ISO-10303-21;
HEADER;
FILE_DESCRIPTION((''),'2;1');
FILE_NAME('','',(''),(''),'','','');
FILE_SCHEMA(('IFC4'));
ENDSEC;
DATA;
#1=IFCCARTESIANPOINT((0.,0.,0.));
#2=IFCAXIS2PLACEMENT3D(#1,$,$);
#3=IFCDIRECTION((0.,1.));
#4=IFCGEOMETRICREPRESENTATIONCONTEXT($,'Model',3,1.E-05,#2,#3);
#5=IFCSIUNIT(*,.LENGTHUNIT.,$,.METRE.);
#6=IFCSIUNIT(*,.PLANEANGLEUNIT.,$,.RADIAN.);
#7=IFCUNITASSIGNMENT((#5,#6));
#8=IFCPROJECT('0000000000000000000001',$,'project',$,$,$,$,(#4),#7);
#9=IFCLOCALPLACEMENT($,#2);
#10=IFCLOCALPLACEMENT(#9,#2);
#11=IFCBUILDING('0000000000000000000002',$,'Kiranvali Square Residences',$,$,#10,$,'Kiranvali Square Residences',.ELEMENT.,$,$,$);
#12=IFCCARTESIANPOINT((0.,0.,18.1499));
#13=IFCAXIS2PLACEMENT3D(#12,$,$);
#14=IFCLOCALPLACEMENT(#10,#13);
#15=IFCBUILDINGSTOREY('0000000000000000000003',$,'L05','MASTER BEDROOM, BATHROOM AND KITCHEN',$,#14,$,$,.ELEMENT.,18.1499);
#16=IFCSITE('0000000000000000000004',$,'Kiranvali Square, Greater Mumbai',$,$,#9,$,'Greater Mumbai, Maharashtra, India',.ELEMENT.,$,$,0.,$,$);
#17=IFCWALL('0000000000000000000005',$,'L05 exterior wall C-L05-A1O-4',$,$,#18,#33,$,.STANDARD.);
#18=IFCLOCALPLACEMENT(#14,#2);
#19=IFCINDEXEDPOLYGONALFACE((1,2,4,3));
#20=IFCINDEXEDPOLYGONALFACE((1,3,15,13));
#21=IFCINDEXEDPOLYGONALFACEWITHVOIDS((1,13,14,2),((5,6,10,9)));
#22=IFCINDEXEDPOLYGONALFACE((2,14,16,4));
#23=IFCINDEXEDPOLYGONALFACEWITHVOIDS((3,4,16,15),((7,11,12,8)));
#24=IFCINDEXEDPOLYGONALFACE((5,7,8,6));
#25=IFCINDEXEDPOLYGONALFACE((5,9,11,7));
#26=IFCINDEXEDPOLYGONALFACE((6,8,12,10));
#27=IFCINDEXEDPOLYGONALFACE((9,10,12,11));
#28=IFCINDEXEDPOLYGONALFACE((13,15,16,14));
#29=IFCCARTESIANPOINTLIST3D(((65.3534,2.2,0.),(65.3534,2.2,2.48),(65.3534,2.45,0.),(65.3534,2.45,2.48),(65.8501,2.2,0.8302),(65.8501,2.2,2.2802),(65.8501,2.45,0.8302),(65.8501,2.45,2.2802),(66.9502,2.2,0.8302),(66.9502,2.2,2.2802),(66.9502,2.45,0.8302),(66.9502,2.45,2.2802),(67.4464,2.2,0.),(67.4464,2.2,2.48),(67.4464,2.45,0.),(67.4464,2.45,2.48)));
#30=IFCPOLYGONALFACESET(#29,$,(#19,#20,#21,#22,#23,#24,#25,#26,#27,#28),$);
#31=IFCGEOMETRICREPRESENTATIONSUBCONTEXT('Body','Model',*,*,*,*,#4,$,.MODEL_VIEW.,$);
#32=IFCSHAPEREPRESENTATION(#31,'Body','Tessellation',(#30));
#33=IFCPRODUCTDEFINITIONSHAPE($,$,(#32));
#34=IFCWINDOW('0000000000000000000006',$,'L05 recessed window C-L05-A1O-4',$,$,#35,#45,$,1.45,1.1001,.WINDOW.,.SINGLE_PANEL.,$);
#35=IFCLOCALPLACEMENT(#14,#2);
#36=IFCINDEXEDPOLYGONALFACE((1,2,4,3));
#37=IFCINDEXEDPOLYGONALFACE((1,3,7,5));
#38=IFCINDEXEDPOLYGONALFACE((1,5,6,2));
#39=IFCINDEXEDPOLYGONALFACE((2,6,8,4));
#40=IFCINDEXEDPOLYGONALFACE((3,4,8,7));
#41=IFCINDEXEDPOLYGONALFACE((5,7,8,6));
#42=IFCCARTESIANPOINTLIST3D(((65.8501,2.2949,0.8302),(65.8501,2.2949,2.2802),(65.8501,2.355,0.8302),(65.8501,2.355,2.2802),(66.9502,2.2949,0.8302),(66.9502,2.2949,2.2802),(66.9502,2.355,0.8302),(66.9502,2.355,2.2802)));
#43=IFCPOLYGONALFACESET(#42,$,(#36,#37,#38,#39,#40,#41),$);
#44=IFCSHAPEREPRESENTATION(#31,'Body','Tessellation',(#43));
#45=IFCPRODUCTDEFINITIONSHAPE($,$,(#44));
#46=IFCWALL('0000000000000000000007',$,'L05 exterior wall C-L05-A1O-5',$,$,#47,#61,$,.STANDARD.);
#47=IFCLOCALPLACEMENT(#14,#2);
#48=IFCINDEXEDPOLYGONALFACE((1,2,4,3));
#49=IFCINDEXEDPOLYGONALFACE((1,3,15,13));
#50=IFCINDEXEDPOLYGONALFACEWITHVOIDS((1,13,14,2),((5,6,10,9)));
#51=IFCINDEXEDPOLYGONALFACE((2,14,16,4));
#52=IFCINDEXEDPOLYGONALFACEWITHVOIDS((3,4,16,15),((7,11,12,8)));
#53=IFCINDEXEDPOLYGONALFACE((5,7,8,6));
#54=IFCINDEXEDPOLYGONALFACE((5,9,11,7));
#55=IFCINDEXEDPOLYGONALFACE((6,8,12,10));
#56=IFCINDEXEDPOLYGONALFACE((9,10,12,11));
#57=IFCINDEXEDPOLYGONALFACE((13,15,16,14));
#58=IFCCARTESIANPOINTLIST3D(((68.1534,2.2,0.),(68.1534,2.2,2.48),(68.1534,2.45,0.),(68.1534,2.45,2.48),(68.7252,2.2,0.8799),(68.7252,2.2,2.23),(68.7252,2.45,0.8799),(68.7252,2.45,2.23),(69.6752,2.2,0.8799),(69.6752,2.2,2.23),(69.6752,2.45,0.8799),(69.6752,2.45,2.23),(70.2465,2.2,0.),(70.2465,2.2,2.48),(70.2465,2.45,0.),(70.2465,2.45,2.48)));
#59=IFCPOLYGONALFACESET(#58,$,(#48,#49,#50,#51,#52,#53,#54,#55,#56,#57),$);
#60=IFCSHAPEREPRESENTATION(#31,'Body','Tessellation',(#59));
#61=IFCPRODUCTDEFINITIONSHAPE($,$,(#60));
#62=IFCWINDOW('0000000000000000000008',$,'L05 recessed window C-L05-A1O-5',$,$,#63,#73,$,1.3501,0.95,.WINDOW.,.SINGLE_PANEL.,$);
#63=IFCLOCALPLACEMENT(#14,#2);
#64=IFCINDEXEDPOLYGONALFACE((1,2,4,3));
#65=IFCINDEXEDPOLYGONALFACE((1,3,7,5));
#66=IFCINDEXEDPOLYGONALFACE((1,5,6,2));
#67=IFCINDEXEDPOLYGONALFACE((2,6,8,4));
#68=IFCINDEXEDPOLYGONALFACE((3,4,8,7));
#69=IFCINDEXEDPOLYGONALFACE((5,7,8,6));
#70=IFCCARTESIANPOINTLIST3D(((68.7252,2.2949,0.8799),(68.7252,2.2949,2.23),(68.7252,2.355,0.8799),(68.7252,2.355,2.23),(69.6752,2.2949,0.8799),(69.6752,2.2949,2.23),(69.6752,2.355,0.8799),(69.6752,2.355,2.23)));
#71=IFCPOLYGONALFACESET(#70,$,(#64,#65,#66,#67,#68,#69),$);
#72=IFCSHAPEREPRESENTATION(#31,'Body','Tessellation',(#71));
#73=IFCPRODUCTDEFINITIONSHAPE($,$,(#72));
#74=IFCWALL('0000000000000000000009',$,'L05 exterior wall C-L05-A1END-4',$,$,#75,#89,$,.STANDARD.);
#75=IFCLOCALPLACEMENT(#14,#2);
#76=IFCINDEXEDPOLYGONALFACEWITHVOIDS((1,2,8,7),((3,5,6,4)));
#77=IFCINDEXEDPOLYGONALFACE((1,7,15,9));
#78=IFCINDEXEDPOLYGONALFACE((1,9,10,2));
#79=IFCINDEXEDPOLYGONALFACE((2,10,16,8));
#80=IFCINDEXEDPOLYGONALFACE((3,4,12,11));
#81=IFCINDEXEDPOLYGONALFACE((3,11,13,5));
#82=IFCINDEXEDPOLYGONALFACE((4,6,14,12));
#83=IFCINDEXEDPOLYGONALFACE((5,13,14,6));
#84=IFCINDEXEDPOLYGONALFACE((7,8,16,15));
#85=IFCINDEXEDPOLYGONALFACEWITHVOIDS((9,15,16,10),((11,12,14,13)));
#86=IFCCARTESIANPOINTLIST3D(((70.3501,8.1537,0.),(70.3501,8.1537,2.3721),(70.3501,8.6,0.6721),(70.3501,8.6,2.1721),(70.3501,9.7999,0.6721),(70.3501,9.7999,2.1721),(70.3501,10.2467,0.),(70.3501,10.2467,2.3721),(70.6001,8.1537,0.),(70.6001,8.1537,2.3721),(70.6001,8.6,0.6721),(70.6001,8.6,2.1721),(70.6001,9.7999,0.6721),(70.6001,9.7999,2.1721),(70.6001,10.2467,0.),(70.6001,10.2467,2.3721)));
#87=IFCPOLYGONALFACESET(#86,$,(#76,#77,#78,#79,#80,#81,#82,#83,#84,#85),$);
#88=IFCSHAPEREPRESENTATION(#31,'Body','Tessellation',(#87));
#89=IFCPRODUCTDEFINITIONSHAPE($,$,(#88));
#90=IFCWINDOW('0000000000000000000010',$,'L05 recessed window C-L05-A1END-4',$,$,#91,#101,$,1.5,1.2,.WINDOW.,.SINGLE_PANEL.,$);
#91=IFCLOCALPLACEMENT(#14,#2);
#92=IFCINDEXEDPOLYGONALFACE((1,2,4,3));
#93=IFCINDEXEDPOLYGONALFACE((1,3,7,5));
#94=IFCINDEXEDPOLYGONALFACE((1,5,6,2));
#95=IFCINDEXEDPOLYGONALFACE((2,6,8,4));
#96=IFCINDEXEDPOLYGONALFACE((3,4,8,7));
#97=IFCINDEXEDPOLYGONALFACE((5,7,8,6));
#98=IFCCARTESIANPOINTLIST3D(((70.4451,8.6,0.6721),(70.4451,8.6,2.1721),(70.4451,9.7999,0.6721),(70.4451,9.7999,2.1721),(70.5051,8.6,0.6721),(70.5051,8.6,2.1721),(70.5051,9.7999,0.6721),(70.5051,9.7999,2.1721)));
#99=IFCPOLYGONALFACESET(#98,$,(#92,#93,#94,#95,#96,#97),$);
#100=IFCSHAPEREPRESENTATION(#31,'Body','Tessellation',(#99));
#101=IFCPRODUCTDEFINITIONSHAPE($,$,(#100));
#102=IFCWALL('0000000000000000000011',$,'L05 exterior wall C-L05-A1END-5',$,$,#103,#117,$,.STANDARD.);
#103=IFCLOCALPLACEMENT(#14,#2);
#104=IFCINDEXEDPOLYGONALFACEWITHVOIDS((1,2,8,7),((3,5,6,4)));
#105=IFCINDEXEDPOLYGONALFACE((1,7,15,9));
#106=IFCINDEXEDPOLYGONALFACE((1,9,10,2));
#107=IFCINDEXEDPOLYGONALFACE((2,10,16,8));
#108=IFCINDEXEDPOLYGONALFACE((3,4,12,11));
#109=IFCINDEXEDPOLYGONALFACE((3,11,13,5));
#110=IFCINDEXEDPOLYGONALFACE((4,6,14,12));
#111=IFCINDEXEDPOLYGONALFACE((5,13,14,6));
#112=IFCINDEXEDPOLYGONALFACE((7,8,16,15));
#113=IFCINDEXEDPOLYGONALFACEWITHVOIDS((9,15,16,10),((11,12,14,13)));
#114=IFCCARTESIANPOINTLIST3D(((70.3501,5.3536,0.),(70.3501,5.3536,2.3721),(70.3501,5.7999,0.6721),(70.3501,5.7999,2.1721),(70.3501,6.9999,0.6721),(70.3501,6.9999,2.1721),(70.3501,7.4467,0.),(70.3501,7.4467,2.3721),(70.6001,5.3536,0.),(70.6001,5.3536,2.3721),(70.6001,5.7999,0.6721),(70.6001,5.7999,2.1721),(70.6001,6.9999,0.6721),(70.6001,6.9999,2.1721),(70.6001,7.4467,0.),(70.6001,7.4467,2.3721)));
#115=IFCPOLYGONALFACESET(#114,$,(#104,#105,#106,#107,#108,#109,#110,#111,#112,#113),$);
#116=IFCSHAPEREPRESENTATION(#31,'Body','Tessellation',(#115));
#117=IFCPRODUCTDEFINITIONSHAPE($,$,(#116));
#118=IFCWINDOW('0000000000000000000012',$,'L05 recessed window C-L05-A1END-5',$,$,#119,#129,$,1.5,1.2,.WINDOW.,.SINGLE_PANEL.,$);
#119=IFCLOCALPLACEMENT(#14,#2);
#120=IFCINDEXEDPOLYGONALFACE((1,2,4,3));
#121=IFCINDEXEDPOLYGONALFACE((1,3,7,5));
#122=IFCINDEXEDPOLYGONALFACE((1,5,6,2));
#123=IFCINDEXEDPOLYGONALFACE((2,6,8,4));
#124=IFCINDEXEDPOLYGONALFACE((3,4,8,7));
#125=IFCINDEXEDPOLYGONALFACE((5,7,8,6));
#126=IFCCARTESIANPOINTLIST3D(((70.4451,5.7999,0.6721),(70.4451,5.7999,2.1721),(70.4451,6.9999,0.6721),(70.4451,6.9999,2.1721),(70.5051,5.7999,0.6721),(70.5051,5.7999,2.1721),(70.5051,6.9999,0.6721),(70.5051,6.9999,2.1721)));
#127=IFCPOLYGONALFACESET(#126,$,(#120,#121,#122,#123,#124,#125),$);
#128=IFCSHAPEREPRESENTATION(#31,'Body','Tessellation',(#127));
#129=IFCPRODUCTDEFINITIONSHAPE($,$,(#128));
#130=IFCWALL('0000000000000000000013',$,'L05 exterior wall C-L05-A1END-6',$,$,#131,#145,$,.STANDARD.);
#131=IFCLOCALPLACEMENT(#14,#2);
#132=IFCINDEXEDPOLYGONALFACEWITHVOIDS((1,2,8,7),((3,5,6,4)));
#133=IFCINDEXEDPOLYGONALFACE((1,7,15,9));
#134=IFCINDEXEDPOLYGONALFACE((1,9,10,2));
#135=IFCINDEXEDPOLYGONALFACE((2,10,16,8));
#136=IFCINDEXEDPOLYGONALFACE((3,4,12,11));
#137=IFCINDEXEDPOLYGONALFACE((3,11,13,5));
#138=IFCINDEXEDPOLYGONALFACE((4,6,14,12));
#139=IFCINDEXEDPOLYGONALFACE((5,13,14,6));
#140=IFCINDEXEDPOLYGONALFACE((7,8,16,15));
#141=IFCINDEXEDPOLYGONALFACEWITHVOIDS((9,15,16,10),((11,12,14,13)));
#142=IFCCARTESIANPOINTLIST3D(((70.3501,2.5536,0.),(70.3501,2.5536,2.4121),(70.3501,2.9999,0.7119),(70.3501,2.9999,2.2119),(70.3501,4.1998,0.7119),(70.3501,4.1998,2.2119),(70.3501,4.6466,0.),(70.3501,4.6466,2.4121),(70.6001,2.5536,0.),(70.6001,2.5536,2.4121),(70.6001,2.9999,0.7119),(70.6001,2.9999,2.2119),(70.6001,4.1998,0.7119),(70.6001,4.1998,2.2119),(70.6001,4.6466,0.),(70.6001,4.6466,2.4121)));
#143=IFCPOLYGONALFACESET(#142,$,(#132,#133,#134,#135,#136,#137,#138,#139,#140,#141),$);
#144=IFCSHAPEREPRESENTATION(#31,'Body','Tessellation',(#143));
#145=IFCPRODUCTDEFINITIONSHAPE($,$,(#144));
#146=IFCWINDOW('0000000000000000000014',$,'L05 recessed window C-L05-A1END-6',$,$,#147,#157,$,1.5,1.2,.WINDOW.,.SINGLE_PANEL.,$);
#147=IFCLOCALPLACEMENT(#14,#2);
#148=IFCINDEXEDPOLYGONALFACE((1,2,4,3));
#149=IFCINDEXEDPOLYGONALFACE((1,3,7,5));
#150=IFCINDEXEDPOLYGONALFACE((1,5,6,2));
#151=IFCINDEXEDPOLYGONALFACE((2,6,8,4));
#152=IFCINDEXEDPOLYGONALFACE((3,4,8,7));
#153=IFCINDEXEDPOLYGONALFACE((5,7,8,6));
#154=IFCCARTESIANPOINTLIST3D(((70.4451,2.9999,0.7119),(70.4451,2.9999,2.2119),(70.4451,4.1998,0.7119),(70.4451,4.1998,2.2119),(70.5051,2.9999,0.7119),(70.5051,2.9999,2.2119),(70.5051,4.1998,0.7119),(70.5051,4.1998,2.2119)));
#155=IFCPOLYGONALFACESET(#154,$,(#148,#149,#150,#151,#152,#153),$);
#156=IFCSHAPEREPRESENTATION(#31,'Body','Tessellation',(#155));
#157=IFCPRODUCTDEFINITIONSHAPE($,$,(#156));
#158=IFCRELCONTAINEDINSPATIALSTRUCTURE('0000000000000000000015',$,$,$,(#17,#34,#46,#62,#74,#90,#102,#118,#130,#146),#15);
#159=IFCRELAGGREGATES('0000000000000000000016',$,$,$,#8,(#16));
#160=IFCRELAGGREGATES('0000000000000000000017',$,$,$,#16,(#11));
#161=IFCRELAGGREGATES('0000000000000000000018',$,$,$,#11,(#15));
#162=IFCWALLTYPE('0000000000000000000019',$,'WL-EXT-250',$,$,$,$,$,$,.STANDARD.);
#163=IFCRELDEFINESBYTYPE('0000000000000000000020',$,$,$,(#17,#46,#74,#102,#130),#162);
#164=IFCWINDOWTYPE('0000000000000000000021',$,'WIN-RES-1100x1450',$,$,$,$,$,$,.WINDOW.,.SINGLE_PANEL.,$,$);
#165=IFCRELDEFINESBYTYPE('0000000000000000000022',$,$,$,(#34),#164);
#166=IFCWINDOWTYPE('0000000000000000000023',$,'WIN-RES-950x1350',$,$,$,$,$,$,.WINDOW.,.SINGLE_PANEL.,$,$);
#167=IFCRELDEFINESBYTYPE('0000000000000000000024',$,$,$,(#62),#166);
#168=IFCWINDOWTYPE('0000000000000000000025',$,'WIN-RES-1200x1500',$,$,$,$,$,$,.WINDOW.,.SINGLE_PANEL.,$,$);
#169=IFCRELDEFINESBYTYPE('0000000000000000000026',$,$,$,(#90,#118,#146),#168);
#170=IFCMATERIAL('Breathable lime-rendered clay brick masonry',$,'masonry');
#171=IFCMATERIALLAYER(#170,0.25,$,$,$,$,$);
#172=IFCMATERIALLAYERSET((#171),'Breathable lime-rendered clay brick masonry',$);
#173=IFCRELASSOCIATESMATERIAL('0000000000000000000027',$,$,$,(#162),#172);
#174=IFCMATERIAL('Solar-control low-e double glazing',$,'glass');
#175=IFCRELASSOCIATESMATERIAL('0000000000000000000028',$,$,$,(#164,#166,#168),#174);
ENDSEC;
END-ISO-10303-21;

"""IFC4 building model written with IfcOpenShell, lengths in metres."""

from ifc_helpers import new_model, si_unit, direction, frame, frame_2d, origin, place, context, subcontext, project, spatial, rectangle, extrude, material, layer, layer_set, type_object, element, fill, save


model = new_model("IFC4")

# Units and contexts
model_context = context("Model", 3, precision=1e-05, world=origin(), true_north=direction((0.0, 1.0)))
body_context = subcontext(model_context, "Body", "Model", "MODEL_VIEW")
ifc_project = project(units=[si_unit("LENGTHUNIT", "METRE"), si_unit("PLANEANGLEUNIT", "RADIAN")], contexts=[model_context])

# Site, building, storey
site_placement = place(None, origin())
site = spatial("IfcSite", under=ifc_project, at=site_placement, Name="Kiranvali Square, Greater Mumbai", LongName="Greater Mumbai, Maharashtra, India", CompositionType="ELEMENT", RefElevation=0.0)
building_placement = place(site_placement, origin())
building = spatial("IfcBuilding", under=site, at=building_placement, Name="Kiranvali Square Residences", LongName="Kiranvali Square Residences", CompositionType="ELEMENT")
storey_placement = place(building_placement, frame((0.0, 0.0, 18.1499)))
storey = spatial("IfcBuildingStorey", under=building, at=storey_placement, Name="L05", Description="MASTER BEDROOM, BATHROOM AND KITCHEN", CompositionType="ELEMENT", Elevation=18.1499)

# Walls, openings, windows
ifc_material_1 = material(Name="Breathable lime-rendered clay brick masonry", Category="masonry")
ifc_layer = layer(ifc_material_1, 0.25)
ifc_layer_set = layer_set([ifc_layer], Name="Breathable lime-rendered clay brick masonry")
wall_type = type_object("IfcWallType", Name="WL-EXT-250", PredefinedType="STANDARD", material=ifc_layer_set)
wall_1_placement = place(storey_placement, frame((65.3535, 2.325, 0.0), z_axis=(0.0, 0.0, 1.0), x_axis=(1.0, 0.0, 0.0)))
wall_1 = element("IfcWall", 1, at=wall_1_placement, inside=storey, type_object=wall_type, Name="L05 exterior wall C-L05-A1O-4", PredefinedType="STANDARD", context=body_context, shape_type="SweptSolid", body=[
    extrude(rectangle(XDim=2.093, YDim=0.25, at=frame_2d((1.0464, 0.0))), origin(), (0.0, 0.0, 1.0), 2.48),
])
opening_1_placement = place(wall_1_placement, frame((0.4966, 0.0, 0.8301)))
opening_1 = element("IfcOpeningElement", 2, at=opening_1_placement, cuts=wall_1, PredefinedType="OPENING", context=body_context, shape_type="SweptSolid", body=[
    extrude(rectangle(XDim=1.1001, YDim=1.45, at=frame_2d((0.55, 0.7251))), frame((0.0, 0.135, 0.0), z_axis=(0.0, -1.0, 0.0), x_axis=(1.0, 0.0, 0.0)), (0.0, 0.0, 1.0), 0.27),
])
ifc_material_2 = material(Name="Solar-control low-e double glazing", Category="glass")
window_type_1 = type_object("IfcWindowType", Name="WIN-RES-1100x1450", PartitioningType="SINGLE_PANEL", PredefinedType="WINDOW", material=ifc_material_2)
window_1_placement = place(opening_1_placement, origin())
window_1 = element("IfcWindow", 3, at=window_1_placement, inside=storey, type_object=window_type_1, Name="L05 recessed window C-L05-A1O-4", OverallHeight=1.45, OverallWidth=1.1001, PartitioningType="SINGLE_PANEL", PredefinedType="WINDOW", context=body_context, shape_type="SweptSolid", body=[
    extrude(rectangle(XDim=1.1001, YDim=1.45, at=frame_2d((0.55, 0.7251))), frame((0.0, 0.03, 0.0), z_axis=(0.0, -1.0, 0.0), x_axis=(1.0, 0.0, 0.0)), (0.0, 0.0, 1.0), 0.0601),
])
fill(opening_1, window_1)
wall_2_placement = place(storey_placement, frame((68.1536, 2.325, 0.0), z_axis=(0.0, 0.0, 1.0), x_axis=(1.0, 0.0, 0.0)))
wall_2 = element("IfcWall", 4, at=wall_2_placement, inside=storey, type_object=wall_type, Name="L05 exterior wall C-L05-A1O-5", PredefinedType="STANDARD", context=body_context, shape_type="SweptSolid", body=[
    extrude(rectangle(XDim=2.093, YDim=0.25, at=frame_2d((1.0464, 0.0))), origin(), (0.0, 0.0, 1.0), 2.48),
])
opening_2_placement = place(wall_2_placement, frame((0.5715, 0.0, 0.8799)))
opening_2 = element("IfcOpeningElement", 5, at=opening_2_placement, cuts=wall_2, PredefinedType="OPENING", context=body_context, shape_type="SweptSolid", body=[
    extrude(rectangle(XDim=0.95, YDim=1.3501, at=frame_2d((0.4751, 0.675))), frame((0.0, 0.135, 0.0), z_axis=(0.0, -1.0, 0.0), x_axis=(1.0, 0.0, 0.0)), (0.0, 0.0, 1.0), 0.27),
])
window_type_2 = type_object("IfcWindowType", Name="WIN-RES-950x1350", PartitioningType="SINGLE_PANEL", PredefinedType="WINDOW", material=ifc_material_2)
window_2_placement = place(opening_2_placement, origin())
window_2 = element("IfcWindow", 6, at=window_2_placement, inside=storey, type_object=window_type_2, Name="L05 recessed window C-L05-A1O-5", OverallHeight=1.3501, OverallWidth=0.95, PartitioningType="SINGLE_PANEL", PredefinedType="WINDOW", context=body_context, shape_type="SweptSolid", body=[
    extrude(rectangle(XDim=0.95, YDim=1.3501, at=frame_2d((0.4751, 0.675))), frame((0.0, 0.03, 0.0), z_axis=(0.0, -1.0, 0.0), x_axis=(1.0, 0.0, 0.0)), (0.0, 0.0, 1.0), 0.0601),
])
fill(opening_2, window_2)
wall_3_placement = place(storey_placement, frame((70.4751, 10.2466, 0.0), z_axis=(0.0, 0.0, 1.0), x_axis=(0.0, -1.0, 0.0)))
wall_3 = element("IfcWall", 7, at=wall_3_placement, inside=storey, type_object=wall_type, Name="L05 exterior wall C-L05-A1END-4", PredefinedType="STANDARD", context=body_context, shape_type="SweptSolid", body=[
    extrude(rectangle(XDim=2.093, YDim=0.25, at=frame_2d((1.0464, 0.0))), origin(), (0.0, 0.0, 1.0), 2.3721),
])
opening_3_placement = place(wall_3_placement, frame((0.4465, 0.0, 0.6721)))
opening_3 = element("IfcOpeningElement", 8, at=opening_3_placement, cuts=wall_3, PredefinedType="OPENING", context=body_context, shape_type="SweptSolid", body=[
    extrude(rectangle(XDim=1.2, YDim=1.5, at=frame_2d((0.6001, 0.75))), frame((0.0, 0.135, 0.0), z_axis=(0.0, -1.0, 0.0), x_axis=(1.0, 0.0, 0.0)), (0.0, 0.0, 1.0), 0.27),
])
window_type_3 = type_object("IfcWindowType", Name="WIN-RES-1200x1500", PartitioningType="SINGLE_PANEL", PredefinedType="WINDOW", material=ifc_material_2)
window_3_placement = place(opening_3_placement, origin())
window_3 = element("IfcWindow", 9, at=window_3_placement, inside=storey, type_object=window_type_3, Name="L05 recessed window C-L05-A1END-4", OverallHeight=1.5, OverallWidth=1.2, PartitioningType="SINGLE_PANEL", PredefinedType="WINDOW", context=body_context, shape_type="SweptSolid", body=[
    extrude(rectangle(XDim=1.2, YDim=1.5, at=frame_2d((0.6001, 0.75))), frame((0.0, 0.03, 0.0), z_axis=(0.0, -1.0, 0.0), x_axis=(1.0, 0.0, 0.0)), (0.0, 0.0, 1.0), 0.0601),
])
fill(opening_3, window_3)
wall_4_placement = place(storey_placement, frame((70.4751, 7.4465, 0.0), z_axis=(0.0, 0.0, 1.0), x_axis=(0.0, -1.0, 0.0)))
wall_4 = element("IfcWall", 10, at=wall_4_placement, inside=storey, type_object=wall_type, Name="L05 exterior wall C-L05-A1END-5", PredefinedType="STANDARD", context=body_context, shape_type="SweptSolid", body=[
    extrude(rectangle(XDim=2.093, YDim=0.25, at=frame_2d((1.0464, 0.0))), origin(), (0.0, 0.0, 1.0), 2.3721),
])
opening_4_placement = place(wall_4_placement, frame((0.4465, 0.0, 0.6721)))
opening_4 = element("IfcOpeningElement", 11, at=opening_4_placement, cuts=wall_4, PredefinedType="OPENING", context=body_context, shape_type="SweptSolid", body=[
    extrude(rectangle(XDim=1.2, YDim=1.5, at=frame_2d((0.6001, 0.75))), frame((0.0, 0.135, 0.0), z_axis=(0.0, -1.0, 0.0), x_axis=(1.0, 0.0, 0.0)), (0.0, 0.0, 1.0), 0.27),
])
window_4_placement = place(opening_4_placement, origin())
window_4 = element("IfcWindow", 12, at=window_4_placement, inside=storey, type_object=window_type_3, Name="L05 recessed window C-L05-A1END-5", OverallHeight=1.5, OverallWidth=1.2, PartitioningType="SINGLE_PANEL", PredefinedType="WINDOW", context=body_context, shape_type="SweptSolid", body=[
    extrude(rectangle(XDim=1.2, YDim=1.5, at=frame_2d((0.6001, 0.75))), frame((0.0, 0.03, 0.0), z_axis=(0.0, -1.0, 0.0), x_axis=(1.0, 0.0, 0.0)), (0.0, 0.0, 1.0), 0.0601),
])
fill(opening_4, window_4)
wall_5_placement = place(storey_placement, frame((70.4751, 4.6465, 0.0), z_axis=(0.0, 0.0, 1.0), x_axis=(0.0, -1.0, 0.0)))
wall_5 = element("IfcWall", 13, at=wall_5_placement, inside=storey, type_object=wall_type, Name="L05 exterior wall C-L05-A1END-6", PredefinedType="STANDARD", context=body_context, shape_type="SweptSolid", body=[
    extrude(rectangle(XDim=2.093, YDim=0.25, at=frame_2d((1.0464, 0.0))), origin(), (0.0, 0.0, 1.0), 2.4121),
])
opening_5_placement = place(wall_5_placement, frame((0.4465, 0.0, 0.7119)))
opening_5 = element("IfcOpeningElement", 14, at=opening_5_placement, cuts=wall_5, PredefinedType="OPENING", context=body_context, shape_type="SweptSolid", body=[
    extrude(rectangle(XDim=1.2, YDim=1.5, at=frame_2d((0.6001, 0.75))), frame((0.0, 0.135, 0.0), z_axis=(0.0, -1.0, 0.0), x_axis=(1.0, 0.0, 0.0)), (0.0, 0.0, 1.0), 0.27),
])
window_5_placement = place(opening_5_placement, origin())
window_5 = element("IfcWindow", 15, at=window_5_placement, inside=storey, type_object=window_type_3, Name="L05 recessed window C-L05-A1END-6", OverallHeight=1.5, OverallWidth=1.2, PartitioningType="SINGLE_PANEL", PredefinedType="WINDOW", context=body_context, shape_type="SweptSolid", body=[
    extrude(rectangle(XDim=1.2, YDim=1.5, at=frame_2d((0.6001, 0.75))), frame((0.0, 0.03, 0.0), z_axis=(0.0, -1.0, 0.0), x_axis=(1.0, 0.0, 0.0)), (0.0, 0.0, 1.0), 0.0601),
])
fill(opening_5, window_5)

save(model, "model.ifc")
